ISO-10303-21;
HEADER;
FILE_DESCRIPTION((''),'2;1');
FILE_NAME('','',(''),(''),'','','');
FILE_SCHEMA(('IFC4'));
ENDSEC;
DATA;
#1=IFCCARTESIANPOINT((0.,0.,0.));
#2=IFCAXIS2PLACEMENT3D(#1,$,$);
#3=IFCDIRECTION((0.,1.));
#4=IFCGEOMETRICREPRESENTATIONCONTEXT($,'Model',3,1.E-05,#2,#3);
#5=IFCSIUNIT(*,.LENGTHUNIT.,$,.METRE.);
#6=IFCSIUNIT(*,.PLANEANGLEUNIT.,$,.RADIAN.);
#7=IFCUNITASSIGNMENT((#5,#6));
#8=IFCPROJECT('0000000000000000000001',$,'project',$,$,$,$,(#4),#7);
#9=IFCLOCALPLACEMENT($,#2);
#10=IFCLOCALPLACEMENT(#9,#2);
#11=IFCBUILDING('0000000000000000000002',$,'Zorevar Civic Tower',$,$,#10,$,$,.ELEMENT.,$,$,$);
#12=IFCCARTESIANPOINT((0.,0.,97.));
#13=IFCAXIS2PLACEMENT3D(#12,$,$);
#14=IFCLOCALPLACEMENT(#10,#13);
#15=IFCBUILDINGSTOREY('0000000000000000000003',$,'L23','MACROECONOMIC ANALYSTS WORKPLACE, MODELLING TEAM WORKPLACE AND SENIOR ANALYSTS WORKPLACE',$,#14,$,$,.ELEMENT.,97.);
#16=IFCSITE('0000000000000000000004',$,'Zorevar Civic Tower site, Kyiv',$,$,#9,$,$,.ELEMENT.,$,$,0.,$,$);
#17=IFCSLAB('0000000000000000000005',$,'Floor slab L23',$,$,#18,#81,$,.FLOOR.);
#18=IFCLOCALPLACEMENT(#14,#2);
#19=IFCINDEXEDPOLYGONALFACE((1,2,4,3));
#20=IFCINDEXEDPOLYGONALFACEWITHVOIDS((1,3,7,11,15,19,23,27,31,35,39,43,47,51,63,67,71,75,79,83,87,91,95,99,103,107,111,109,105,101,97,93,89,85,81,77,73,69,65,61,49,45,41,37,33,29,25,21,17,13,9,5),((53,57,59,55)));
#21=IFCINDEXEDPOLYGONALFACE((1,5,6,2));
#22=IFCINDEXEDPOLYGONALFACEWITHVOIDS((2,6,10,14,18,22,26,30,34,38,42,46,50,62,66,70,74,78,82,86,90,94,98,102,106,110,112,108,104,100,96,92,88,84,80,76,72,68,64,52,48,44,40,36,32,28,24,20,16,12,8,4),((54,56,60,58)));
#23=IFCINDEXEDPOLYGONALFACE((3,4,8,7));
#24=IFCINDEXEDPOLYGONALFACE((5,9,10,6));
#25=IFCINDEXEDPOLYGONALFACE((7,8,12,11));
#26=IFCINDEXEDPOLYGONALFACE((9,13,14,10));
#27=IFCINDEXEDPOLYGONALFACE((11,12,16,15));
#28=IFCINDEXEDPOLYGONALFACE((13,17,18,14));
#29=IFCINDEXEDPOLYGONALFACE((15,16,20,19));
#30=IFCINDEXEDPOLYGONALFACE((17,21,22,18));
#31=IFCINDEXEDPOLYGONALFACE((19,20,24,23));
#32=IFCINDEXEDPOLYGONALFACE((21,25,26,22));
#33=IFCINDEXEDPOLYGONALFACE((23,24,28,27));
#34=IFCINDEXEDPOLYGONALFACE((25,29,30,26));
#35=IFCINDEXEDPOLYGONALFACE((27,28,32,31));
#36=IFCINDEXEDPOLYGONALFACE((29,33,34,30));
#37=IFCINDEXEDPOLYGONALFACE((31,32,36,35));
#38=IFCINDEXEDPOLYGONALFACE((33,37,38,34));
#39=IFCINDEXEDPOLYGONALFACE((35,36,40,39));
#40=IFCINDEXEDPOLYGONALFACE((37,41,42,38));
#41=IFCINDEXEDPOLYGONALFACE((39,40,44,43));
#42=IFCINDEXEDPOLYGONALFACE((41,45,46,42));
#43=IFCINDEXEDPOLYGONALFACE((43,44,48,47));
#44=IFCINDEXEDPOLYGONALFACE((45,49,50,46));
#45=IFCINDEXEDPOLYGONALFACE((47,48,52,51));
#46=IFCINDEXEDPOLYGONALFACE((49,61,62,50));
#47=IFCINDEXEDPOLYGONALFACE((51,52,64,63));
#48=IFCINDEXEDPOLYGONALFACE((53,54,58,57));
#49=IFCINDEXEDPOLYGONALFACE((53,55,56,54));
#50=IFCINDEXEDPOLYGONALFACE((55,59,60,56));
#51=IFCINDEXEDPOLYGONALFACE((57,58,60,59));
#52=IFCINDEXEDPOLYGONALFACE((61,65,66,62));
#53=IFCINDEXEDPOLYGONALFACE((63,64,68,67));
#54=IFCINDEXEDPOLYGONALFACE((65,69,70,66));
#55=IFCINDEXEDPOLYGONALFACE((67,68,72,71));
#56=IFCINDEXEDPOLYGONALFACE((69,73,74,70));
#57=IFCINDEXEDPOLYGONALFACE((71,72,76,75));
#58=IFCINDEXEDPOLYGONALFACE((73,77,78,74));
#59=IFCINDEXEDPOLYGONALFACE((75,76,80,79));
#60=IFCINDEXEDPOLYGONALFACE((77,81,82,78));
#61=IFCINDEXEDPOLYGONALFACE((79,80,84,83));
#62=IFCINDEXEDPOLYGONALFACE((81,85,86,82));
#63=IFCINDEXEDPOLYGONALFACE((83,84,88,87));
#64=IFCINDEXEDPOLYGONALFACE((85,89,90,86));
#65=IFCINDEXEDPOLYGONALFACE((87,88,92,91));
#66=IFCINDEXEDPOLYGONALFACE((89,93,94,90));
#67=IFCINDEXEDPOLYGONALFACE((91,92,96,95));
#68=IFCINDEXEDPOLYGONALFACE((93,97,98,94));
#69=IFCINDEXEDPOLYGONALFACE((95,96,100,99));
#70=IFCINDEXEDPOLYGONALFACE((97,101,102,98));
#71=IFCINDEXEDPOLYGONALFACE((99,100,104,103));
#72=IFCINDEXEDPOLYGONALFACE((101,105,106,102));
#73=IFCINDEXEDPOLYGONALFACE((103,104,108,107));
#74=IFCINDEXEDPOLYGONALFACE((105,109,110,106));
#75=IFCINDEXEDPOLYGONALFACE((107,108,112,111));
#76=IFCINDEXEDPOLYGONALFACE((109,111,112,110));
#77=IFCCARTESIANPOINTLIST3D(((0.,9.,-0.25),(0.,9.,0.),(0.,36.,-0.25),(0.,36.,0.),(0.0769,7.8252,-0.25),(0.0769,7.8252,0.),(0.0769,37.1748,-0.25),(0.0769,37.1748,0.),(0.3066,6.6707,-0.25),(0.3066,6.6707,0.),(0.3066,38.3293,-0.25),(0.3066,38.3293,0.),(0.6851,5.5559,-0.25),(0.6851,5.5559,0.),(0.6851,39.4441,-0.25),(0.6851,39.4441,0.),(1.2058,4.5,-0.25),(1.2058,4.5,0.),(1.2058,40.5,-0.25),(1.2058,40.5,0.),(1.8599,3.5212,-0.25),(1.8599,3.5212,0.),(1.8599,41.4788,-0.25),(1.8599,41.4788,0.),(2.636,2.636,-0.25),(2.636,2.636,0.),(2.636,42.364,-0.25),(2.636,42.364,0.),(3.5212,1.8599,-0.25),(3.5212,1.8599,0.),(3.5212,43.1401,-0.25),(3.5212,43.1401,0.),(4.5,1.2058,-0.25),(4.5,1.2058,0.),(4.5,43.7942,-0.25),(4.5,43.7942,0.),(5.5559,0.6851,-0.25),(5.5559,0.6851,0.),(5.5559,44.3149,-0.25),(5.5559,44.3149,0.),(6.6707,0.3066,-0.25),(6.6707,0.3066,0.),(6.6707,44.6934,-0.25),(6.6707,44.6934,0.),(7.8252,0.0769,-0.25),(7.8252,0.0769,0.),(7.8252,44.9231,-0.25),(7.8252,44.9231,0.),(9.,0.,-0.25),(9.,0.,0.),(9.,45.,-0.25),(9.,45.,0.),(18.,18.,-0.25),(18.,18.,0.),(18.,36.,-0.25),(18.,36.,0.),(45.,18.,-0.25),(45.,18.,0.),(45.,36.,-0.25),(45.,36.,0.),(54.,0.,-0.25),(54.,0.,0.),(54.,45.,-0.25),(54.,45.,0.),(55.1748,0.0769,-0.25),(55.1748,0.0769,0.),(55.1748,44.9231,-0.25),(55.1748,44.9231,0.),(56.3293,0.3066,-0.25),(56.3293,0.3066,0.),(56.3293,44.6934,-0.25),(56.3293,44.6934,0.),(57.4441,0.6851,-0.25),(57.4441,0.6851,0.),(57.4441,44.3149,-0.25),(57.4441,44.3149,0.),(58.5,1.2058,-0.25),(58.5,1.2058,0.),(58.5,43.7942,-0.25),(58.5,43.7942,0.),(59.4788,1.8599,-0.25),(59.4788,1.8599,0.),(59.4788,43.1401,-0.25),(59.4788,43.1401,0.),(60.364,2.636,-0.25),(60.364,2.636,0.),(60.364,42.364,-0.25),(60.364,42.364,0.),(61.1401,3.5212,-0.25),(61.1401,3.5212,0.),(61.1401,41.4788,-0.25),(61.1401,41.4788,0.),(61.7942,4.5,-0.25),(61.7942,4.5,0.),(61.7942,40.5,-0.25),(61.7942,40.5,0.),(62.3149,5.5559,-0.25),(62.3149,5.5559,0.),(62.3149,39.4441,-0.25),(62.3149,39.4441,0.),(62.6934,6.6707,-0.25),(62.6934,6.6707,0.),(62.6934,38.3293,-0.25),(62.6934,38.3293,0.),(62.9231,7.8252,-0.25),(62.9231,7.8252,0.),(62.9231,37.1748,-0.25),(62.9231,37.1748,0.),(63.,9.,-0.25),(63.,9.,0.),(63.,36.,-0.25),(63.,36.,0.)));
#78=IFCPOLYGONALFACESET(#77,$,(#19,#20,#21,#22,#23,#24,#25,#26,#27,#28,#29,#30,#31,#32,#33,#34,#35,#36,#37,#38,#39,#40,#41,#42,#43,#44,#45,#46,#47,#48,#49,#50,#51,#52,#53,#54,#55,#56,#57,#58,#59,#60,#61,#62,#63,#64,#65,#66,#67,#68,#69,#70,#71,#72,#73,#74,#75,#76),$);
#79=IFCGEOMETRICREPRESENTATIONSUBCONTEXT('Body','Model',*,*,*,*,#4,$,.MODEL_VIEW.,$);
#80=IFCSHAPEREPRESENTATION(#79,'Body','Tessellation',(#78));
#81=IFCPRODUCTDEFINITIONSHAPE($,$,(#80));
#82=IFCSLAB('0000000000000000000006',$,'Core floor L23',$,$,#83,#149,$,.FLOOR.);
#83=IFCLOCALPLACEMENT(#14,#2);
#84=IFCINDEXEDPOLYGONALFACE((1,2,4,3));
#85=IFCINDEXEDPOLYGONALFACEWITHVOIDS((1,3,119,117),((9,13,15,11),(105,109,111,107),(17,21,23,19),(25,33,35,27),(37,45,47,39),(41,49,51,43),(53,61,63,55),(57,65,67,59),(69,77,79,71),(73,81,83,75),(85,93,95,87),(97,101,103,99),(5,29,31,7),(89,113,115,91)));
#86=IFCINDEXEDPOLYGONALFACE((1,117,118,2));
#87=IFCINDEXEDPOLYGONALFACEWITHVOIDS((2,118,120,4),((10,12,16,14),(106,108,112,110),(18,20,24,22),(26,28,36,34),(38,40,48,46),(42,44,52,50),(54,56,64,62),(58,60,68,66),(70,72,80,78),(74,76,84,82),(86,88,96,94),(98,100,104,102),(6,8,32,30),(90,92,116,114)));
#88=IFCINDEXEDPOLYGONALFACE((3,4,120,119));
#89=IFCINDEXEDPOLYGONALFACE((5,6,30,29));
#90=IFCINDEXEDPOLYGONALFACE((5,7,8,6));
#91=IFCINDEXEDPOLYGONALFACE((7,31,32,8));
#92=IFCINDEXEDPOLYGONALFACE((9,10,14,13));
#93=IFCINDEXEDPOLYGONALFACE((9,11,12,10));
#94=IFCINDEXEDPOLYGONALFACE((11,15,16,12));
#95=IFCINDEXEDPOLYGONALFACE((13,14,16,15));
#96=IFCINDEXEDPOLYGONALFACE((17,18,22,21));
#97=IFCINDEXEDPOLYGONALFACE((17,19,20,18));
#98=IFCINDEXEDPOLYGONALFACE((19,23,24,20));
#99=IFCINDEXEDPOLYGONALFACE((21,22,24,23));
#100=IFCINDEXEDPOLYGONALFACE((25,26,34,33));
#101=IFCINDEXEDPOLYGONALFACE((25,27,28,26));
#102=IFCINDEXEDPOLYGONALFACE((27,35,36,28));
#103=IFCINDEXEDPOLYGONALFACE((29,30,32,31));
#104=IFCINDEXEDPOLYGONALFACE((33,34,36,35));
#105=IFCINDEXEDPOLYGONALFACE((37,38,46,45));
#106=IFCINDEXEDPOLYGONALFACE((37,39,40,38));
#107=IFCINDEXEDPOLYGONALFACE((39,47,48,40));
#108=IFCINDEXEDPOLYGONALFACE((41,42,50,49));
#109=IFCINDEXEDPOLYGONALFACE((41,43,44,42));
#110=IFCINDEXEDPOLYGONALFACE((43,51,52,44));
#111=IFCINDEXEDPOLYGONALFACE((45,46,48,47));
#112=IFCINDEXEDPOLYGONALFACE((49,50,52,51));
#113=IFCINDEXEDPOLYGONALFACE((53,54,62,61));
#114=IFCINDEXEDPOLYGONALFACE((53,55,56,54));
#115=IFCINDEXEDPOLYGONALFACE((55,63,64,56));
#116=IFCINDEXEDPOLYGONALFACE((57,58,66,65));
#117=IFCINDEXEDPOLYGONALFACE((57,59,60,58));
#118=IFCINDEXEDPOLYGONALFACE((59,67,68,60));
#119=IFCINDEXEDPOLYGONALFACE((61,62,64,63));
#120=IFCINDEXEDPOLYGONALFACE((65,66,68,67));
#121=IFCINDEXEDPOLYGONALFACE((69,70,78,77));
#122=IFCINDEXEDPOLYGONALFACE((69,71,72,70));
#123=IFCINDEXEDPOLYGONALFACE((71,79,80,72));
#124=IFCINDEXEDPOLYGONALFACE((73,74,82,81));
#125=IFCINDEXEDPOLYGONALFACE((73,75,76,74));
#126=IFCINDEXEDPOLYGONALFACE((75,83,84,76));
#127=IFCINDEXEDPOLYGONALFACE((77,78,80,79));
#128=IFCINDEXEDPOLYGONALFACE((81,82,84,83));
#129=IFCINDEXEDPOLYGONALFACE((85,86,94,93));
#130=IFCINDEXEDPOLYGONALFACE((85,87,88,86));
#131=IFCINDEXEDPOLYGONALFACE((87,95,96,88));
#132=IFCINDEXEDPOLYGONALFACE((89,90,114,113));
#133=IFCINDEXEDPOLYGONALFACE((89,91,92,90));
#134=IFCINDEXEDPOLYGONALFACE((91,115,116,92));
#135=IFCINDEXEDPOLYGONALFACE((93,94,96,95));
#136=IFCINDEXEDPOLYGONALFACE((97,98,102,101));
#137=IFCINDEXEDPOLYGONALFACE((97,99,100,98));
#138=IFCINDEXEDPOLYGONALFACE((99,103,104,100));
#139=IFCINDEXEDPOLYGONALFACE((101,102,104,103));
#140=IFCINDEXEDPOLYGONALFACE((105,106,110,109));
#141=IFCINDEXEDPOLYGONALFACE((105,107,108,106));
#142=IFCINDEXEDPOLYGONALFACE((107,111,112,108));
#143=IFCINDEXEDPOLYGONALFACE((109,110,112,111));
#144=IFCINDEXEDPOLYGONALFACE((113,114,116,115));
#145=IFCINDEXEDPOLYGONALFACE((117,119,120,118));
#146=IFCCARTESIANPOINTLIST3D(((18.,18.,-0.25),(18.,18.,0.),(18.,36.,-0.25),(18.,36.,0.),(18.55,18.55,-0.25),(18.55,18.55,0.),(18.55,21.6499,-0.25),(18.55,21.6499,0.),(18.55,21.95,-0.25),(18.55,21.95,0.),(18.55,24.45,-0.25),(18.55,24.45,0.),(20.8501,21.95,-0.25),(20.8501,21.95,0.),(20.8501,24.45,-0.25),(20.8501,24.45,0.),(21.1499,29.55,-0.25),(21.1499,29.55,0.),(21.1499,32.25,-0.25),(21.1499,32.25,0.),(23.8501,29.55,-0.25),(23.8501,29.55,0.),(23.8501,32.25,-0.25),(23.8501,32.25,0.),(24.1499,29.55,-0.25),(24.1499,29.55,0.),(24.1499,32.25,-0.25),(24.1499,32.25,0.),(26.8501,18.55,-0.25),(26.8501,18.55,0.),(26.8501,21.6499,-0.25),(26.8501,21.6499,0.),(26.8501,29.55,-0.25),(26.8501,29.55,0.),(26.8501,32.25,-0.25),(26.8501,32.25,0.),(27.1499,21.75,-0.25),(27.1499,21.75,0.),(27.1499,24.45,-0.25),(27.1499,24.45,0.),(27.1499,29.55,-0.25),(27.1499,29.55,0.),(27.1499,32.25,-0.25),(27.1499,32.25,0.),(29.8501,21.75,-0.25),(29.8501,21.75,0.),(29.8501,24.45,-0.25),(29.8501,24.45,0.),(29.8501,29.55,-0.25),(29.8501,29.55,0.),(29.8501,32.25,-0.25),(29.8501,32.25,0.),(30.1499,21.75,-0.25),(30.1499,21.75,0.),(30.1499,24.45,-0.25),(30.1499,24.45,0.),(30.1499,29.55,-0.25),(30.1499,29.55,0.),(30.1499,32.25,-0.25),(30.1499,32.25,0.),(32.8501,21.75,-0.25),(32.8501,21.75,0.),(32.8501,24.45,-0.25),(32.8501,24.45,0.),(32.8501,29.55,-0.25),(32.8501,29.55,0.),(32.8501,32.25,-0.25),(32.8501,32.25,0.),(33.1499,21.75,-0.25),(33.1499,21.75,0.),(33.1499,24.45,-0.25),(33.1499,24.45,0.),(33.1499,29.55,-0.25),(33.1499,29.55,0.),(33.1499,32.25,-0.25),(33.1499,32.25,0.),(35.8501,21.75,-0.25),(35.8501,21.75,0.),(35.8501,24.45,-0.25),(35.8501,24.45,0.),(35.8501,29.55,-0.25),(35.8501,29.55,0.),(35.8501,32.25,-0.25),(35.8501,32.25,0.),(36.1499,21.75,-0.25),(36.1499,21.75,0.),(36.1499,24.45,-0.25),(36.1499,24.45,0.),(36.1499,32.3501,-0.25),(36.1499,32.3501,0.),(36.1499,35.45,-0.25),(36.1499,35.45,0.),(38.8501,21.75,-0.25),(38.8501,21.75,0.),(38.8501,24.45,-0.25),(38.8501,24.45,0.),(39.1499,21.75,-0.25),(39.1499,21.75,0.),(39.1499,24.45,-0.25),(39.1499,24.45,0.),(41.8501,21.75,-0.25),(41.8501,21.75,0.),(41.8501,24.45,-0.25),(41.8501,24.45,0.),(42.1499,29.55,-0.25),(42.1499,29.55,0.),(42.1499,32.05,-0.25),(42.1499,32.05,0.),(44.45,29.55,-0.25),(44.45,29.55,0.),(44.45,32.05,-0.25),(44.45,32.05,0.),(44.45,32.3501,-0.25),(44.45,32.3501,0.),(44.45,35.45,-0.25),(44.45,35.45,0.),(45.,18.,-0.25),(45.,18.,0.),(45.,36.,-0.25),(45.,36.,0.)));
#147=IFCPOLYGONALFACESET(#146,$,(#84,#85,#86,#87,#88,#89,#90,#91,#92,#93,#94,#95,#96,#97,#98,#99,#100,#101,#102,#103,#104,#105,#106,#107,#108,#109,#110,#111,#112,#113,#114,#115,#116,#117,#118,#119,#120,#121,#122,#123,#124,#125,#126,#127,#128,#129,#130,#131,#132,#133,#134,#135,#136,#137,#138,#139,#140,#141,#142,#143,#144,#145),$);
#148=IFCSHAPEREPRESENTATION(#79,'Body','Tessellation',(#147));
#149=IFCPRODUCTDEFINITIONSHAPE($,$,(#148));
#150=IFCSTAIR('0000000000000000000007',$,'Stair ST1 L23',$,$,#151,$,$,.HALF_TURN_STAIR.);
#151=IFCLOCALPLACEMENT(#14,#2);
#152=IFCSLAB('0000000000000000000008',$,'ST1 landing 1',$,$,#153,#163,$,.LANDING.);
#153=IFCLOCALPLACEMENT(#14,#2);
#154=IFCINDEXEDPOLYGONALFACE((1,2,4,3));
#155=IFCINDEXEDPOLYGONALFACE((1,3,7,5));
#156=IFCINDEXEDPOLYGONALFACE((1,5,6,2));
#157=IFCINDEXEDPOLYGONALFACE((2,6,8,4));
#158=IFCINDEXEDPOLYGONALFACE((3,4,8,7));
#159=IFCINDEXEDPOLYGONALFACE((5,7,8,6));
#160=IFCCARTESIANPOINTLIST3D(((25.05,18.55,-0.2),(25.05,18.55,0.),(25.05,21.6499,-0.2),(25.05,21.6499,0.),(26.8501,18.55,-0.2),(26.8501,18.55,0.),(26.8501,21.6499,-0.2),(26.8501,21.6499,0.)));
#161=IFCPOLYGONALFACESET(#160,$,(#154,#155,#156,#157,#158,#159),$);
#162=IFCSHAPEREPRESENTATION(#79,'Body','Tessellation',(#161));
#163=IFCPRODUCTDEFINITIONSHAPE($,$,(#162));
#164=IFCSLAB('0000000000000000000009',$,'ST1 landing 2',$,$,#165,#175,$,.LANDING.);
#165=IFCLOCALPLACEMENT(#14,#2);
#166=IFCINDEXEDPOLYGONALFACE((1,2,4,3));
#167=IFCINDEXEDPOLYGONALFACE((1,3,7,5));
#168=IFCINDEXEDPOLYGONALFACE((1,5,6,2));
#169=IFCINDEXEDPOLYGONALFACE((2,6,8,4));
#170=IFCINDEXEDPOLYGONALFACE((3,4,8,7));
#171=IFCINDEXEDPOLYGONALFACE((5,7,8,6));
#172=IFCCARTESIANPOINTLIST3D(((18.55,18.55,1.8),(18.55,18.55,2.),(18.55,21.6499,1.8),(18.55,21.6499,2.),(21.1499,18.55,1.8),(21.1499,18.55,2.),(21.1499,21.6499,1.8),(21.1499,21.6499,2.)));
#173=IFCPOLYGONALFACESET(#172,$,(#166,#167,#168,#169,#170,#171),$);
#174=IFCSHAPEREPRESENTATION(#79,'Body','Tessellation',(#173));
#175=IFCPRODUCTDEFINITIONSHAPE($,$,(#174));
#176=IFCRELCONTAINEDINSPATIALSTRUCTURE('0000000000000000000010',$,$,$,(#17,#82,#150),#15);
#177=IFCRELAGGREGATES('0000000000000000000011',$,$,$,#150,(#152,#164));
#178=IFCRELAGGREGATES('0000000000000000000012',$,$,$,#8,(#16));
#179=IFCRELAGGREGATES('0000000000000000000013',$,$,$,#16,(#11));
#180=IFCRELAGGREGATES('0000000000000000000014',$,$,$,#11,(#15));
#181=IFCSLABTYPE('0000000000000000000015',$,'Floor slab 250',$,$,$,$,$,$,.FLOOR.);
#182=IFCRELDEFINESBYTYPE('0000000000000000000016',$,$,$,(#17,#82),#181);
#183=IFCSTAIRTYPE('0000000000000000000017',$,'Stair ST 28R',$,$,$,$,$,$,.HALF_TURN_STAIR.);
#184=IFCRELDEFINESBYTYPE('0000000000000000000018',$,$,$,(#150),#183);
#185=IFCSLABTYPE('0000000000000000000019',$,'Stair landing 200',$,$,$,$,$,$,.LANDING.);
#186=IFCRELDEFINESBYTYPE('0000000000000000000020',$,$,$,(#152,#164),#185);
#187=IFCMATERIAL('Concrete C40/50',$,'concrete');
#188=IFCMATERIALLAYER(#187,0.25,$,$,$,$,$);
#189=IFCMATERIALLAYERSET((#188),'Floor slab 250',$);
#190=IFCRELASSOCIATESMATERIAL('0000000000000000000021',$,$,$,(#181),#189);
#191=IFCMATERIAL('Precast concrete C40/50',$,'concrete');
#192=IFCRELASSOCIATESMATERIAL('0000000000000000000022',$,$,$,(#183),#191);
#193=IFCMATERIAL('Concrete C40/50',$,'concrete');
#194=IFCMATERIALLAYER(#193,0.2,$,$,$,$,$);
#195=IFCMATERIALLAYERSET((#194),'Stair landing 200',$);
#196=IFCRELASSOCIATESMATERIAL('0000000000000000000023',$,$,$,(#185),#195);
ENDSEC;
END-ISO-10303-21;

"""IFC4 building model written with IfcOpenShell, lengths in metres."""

from ifc_helpers import new_model, si_unit, direction, frame, origin, place, context, subcontext, project, spatial, polyline, outline, extrude, material, layer, layer_set, type_object, element, aggregate, save


model = new_model("IFC4")

# Units and contexts
model_context = context("Model", 3, precision=1e-05, world=origin(), true_north=direction((0.0, 1.0)))
body_context = subcontext(model_context, "Body", "Model", "MODEL_VIEW")
ifc_project = project(units=[si_unit("LENGTHUNIT", "METRE"), si_unit("PLANEANGLEUNIT", "RADIAN")], contexts=[model_context])

# Site, building, storey
site_placement = place(None, origin())
site = spatial("IfcSite", under=ifc_project, at=site_placement, Name="Zorevar Civic Tower site, Kyiv", CompositionType="ELEMENT", RefElevation=0.0)
building_placement = place(site_placement, origin())
building = spatial("IfcBuilding", under=site, at=building_placement, Name="Zorevar Civic Tower", CompositionType="ELEMENT")
storey_placement = place(building_placement, frame((0.0, 0.0, 97.0)))
storey = spatial("IfcBuildingStorey", under=building, at=storey_placement, Name="L23", Description="MACROECONOMIC ANALYSTS WORKPLACE, MODELLING TEAM WORKPLACE AND SENIOR ANALYSTS WORKPLACE", CompositionType="ELEMENT", Elevation=97.0)

# Slabs
ifc_material_1 = material(Name="Concrete C40/50", Category="concrete")
ifc_layer_1 = layer(ifc_material_1, 0.25)
ifc_layer_set_1 = layer_set([ifc_layer_1], Name="Floor slab 250")
slab_type_1 = type_object("IfcSlabType", Name="Floor slab 250", PredefinedType="FLOOR", material=ifc_layer_set_1)
slab_1_placement = place(storey_placement, frame((0.0, 0.0, -0.25)))
element("IfcSlab", 1, at=slab_1_placement, inside=storey, type_object=slab_type_1, Name="Floor slab L23", PredefinedType="FLOOR", context=body_context, shape_type="SweptSolid", body=[
    extrude(outline(polyline([(54.0, 0.0), (55.1748, 0.0769), (56.3293, 0.3066), (57.4441, 0.6851), (58.5, 1.2058), (59.4788, 1.8599), (60.364, 2.636), (61.1401, 3.5212), (61.7942, 4.5), (62.3149, 5.5559), (62.6934, 6.6707), (62.9231, 7.8252), (63.0, 9.0), (63.0, 36.0), (62.9231, 37.1748), (62.6934, 38.3293), (62.3149, 39.4441), (61.7942, 40.5), (61.1401, 41.4788), (60.364, 42.364), (59.4788, 43.1401), (58.5, 43.7942), (57.4441, 44.3149), (56.3293, 44.6934), (55.1748, 44.9231), (54.0, 45.0), (9.0, 45.0), (7.8252, 44.9231), (6.6707, 44.6934), (5.5559, 44.3149), (4.5, 43.7942), (3.5212, 43.1401), (2.636, 42.364), (1.8599, 41.4788), (1.2058, 40.5), (0.6851, 39.4441), (0.3066, 38.3293), (0.0769, 37.1748), (0.0, 36.0), (0.0, 9.0), (0.0769, 7.8252), (0.3066, 6.6707), (0.6851, 5.5559), (1.2058, 4.5), (1.8599, 3.5212), (2.636, 2.636), (3.5212, 1.8599), (4.5, 1.2058), (5.5559, 0.6851), (6.6707, 0.3066), (7.8252, 0.0769), (9.0, 0.0), (54.0, 0.0)]), holes=[polyline([(18.0, 18.0), (45.0, 18.0), (45.0, 36.0), (18.0, 36.0), (18.0, 18.0)])]), origin(), (0.0, 0.0, 1.0), 0.25),
])
slab_2_placement = place(storey_placement, frame((0.0, 0.0, -0.25)))
element("IfcSlab", 2, at=slab_2_placement, inside=storey, type_object=slab_type_1, Name="Core floor L23", PredefinedType="FLOOR", context=body_context, shape_type="SweptSolid", body=[
    extrude(outline(polyline([(18.0, 18.0), (45.0, 18.0), (45.0, 36.0), (18.0, 36.0), (18.0, 18.0)]), holes=[polyline([(18.55, 18.55), (26.8501, 18.55), (26.8501, 21.6499), (18.55, 21.6499), (18.55, 18.55)]), polyline([(36.1499, 32.3501), (44.45, 32.3501), (44.45, 35.45), (36.1499, 35.45), (36.1499, 32.3501)]), polyline([(18.55, 21.95), (20.8501, 21.95), (20.8501, 24.45), (18.55, 24.45), (18.55, 21.95)]), polyline([(42.1499, 29.55), (44.45, 29.55), (44.45, 32.05), (42.1499, 32.05), (42.1499, 29.55)]), polyline([(27.1499, 21.75), (29.8501, 21.75), (29.8501, 24.45), (27.1499, 24.45), (27.1499, 21.75)]), polyline([(33.1499, 29.55), (35.8501, 29.55), (35.8501, 32.25), (33.1499, 32.25), (33.1499, 29.55)]), polyline([(30.1499, 21.75), (32.8501, 21.75), (32.8501, 24.45), (30.1499, 24.45), (30.1499, 21.75)]), polyline([(30.1499, 29.55), (32.8501, 29.55), (32.8501, 32.25), (30.1499, 32.25), (30.1499, 29.55)]), polyline([(33.1499, 21.75), (35.8501, 21.75), (35.8501, 24.45), (33.1499, 24.45), (33.1499, 21.75)]), polyline([(27.1499, 29.55), (29.8501, 29.55), (29.8501, 32.25), (27.1499, 32.25), (27.1499, 29.55)]), polyline([(36.1499, 21.75), (38.8501, 21.75), (38.8501, 24.45), (36.1499, 24.45), (36.1499, 21.75)]), polyline([(24.1499, 29.55), (26.8501, 29.55), (26.8501, 32.25), (24.1499, 32.25), (24.1499, 29.55)]), polyline([(39.1499, 21.75), (41.8501, 21.75), (41.8501, 24.45), (39.1499, 24.45), (39.1499, 21.75)]), polyline([(21.1499, 29.55), (23.8501, 29.55), (23.8501, 32.25), (21.1499, 32.25), (21.1499, 29.55)])]), origin(), (0.0, 0.0, 1.0), 0.25),
])

# Stair, slabs
ifc_material_2 = material(Name="Precast concrete C40/50", Category="concrete")
stair_type = type_object("IfcStairType", Name="Stair ST 28R", PredefinedType="HALF_TURN_STAIR", material=ifc_material_2)
stair_1_placement = place(storey_placement, origin())
stair_1 = element("IfcStair", 3, at=stair_1_placement, inside=storey, type_object=stair_type, Name="Stair ST1 L23", PredefinedType="HALF_TURN_STAIR")
ifc_material_3 = material(Name="Concrete C40/50", Category="concrete")
ifc_layer_2 = layer(ifc_material_3, 0.2)
ifc_layer_set_2 = layer_set([ifc_layer_2], Name="Stair landing 200")
slab_type_2 = type_object("IfcSlabType", Name="Stair landing 200", PredefinedType="LANDING", material=ifc_layer_set_2)
slab_3_placement = place(storey_placement, frame((0.0, 0.0, -0.2)))
slab_3 = element("IfcSlab", 4, at=slab_3_placement, type_object=slab_type_2, Name="ST1 landing 1", PredefinedType="LANDING", context=body_context, shape_type="SweptSolid", body=[
    extrude(outline(polyline([(25.05, 18.55), (26.8501, 18.55), (26.8501, 21.6499), (25.05, 21.6499), (25.05, 18.55)])), origin(), (0.0, 0.0, 1.0), 0.2),
])
slab_4_placement = place(storey_placement, frame((0.0, 0.0, 1.8)))
slab_4 = element("IfcSlab", 5, at=slab_4_placement, type_object=slab_type_2, Name="ST1 landing 2", PredefinedType="LANDING", context=body_context, shape_type="SweptSolid", body=[
    extrude(outline(polyline([(18.55, 18.55), (21.1499, 18.55), (21.1499, 21.6499), (18.55, 21.6499), (18.55, 18.55)])), origin(), (0.0, 0.0, 1.0), 0.2),
])
aggregate(stair_1, [slab_3, slab_4])

save(model, "model.ifc")
